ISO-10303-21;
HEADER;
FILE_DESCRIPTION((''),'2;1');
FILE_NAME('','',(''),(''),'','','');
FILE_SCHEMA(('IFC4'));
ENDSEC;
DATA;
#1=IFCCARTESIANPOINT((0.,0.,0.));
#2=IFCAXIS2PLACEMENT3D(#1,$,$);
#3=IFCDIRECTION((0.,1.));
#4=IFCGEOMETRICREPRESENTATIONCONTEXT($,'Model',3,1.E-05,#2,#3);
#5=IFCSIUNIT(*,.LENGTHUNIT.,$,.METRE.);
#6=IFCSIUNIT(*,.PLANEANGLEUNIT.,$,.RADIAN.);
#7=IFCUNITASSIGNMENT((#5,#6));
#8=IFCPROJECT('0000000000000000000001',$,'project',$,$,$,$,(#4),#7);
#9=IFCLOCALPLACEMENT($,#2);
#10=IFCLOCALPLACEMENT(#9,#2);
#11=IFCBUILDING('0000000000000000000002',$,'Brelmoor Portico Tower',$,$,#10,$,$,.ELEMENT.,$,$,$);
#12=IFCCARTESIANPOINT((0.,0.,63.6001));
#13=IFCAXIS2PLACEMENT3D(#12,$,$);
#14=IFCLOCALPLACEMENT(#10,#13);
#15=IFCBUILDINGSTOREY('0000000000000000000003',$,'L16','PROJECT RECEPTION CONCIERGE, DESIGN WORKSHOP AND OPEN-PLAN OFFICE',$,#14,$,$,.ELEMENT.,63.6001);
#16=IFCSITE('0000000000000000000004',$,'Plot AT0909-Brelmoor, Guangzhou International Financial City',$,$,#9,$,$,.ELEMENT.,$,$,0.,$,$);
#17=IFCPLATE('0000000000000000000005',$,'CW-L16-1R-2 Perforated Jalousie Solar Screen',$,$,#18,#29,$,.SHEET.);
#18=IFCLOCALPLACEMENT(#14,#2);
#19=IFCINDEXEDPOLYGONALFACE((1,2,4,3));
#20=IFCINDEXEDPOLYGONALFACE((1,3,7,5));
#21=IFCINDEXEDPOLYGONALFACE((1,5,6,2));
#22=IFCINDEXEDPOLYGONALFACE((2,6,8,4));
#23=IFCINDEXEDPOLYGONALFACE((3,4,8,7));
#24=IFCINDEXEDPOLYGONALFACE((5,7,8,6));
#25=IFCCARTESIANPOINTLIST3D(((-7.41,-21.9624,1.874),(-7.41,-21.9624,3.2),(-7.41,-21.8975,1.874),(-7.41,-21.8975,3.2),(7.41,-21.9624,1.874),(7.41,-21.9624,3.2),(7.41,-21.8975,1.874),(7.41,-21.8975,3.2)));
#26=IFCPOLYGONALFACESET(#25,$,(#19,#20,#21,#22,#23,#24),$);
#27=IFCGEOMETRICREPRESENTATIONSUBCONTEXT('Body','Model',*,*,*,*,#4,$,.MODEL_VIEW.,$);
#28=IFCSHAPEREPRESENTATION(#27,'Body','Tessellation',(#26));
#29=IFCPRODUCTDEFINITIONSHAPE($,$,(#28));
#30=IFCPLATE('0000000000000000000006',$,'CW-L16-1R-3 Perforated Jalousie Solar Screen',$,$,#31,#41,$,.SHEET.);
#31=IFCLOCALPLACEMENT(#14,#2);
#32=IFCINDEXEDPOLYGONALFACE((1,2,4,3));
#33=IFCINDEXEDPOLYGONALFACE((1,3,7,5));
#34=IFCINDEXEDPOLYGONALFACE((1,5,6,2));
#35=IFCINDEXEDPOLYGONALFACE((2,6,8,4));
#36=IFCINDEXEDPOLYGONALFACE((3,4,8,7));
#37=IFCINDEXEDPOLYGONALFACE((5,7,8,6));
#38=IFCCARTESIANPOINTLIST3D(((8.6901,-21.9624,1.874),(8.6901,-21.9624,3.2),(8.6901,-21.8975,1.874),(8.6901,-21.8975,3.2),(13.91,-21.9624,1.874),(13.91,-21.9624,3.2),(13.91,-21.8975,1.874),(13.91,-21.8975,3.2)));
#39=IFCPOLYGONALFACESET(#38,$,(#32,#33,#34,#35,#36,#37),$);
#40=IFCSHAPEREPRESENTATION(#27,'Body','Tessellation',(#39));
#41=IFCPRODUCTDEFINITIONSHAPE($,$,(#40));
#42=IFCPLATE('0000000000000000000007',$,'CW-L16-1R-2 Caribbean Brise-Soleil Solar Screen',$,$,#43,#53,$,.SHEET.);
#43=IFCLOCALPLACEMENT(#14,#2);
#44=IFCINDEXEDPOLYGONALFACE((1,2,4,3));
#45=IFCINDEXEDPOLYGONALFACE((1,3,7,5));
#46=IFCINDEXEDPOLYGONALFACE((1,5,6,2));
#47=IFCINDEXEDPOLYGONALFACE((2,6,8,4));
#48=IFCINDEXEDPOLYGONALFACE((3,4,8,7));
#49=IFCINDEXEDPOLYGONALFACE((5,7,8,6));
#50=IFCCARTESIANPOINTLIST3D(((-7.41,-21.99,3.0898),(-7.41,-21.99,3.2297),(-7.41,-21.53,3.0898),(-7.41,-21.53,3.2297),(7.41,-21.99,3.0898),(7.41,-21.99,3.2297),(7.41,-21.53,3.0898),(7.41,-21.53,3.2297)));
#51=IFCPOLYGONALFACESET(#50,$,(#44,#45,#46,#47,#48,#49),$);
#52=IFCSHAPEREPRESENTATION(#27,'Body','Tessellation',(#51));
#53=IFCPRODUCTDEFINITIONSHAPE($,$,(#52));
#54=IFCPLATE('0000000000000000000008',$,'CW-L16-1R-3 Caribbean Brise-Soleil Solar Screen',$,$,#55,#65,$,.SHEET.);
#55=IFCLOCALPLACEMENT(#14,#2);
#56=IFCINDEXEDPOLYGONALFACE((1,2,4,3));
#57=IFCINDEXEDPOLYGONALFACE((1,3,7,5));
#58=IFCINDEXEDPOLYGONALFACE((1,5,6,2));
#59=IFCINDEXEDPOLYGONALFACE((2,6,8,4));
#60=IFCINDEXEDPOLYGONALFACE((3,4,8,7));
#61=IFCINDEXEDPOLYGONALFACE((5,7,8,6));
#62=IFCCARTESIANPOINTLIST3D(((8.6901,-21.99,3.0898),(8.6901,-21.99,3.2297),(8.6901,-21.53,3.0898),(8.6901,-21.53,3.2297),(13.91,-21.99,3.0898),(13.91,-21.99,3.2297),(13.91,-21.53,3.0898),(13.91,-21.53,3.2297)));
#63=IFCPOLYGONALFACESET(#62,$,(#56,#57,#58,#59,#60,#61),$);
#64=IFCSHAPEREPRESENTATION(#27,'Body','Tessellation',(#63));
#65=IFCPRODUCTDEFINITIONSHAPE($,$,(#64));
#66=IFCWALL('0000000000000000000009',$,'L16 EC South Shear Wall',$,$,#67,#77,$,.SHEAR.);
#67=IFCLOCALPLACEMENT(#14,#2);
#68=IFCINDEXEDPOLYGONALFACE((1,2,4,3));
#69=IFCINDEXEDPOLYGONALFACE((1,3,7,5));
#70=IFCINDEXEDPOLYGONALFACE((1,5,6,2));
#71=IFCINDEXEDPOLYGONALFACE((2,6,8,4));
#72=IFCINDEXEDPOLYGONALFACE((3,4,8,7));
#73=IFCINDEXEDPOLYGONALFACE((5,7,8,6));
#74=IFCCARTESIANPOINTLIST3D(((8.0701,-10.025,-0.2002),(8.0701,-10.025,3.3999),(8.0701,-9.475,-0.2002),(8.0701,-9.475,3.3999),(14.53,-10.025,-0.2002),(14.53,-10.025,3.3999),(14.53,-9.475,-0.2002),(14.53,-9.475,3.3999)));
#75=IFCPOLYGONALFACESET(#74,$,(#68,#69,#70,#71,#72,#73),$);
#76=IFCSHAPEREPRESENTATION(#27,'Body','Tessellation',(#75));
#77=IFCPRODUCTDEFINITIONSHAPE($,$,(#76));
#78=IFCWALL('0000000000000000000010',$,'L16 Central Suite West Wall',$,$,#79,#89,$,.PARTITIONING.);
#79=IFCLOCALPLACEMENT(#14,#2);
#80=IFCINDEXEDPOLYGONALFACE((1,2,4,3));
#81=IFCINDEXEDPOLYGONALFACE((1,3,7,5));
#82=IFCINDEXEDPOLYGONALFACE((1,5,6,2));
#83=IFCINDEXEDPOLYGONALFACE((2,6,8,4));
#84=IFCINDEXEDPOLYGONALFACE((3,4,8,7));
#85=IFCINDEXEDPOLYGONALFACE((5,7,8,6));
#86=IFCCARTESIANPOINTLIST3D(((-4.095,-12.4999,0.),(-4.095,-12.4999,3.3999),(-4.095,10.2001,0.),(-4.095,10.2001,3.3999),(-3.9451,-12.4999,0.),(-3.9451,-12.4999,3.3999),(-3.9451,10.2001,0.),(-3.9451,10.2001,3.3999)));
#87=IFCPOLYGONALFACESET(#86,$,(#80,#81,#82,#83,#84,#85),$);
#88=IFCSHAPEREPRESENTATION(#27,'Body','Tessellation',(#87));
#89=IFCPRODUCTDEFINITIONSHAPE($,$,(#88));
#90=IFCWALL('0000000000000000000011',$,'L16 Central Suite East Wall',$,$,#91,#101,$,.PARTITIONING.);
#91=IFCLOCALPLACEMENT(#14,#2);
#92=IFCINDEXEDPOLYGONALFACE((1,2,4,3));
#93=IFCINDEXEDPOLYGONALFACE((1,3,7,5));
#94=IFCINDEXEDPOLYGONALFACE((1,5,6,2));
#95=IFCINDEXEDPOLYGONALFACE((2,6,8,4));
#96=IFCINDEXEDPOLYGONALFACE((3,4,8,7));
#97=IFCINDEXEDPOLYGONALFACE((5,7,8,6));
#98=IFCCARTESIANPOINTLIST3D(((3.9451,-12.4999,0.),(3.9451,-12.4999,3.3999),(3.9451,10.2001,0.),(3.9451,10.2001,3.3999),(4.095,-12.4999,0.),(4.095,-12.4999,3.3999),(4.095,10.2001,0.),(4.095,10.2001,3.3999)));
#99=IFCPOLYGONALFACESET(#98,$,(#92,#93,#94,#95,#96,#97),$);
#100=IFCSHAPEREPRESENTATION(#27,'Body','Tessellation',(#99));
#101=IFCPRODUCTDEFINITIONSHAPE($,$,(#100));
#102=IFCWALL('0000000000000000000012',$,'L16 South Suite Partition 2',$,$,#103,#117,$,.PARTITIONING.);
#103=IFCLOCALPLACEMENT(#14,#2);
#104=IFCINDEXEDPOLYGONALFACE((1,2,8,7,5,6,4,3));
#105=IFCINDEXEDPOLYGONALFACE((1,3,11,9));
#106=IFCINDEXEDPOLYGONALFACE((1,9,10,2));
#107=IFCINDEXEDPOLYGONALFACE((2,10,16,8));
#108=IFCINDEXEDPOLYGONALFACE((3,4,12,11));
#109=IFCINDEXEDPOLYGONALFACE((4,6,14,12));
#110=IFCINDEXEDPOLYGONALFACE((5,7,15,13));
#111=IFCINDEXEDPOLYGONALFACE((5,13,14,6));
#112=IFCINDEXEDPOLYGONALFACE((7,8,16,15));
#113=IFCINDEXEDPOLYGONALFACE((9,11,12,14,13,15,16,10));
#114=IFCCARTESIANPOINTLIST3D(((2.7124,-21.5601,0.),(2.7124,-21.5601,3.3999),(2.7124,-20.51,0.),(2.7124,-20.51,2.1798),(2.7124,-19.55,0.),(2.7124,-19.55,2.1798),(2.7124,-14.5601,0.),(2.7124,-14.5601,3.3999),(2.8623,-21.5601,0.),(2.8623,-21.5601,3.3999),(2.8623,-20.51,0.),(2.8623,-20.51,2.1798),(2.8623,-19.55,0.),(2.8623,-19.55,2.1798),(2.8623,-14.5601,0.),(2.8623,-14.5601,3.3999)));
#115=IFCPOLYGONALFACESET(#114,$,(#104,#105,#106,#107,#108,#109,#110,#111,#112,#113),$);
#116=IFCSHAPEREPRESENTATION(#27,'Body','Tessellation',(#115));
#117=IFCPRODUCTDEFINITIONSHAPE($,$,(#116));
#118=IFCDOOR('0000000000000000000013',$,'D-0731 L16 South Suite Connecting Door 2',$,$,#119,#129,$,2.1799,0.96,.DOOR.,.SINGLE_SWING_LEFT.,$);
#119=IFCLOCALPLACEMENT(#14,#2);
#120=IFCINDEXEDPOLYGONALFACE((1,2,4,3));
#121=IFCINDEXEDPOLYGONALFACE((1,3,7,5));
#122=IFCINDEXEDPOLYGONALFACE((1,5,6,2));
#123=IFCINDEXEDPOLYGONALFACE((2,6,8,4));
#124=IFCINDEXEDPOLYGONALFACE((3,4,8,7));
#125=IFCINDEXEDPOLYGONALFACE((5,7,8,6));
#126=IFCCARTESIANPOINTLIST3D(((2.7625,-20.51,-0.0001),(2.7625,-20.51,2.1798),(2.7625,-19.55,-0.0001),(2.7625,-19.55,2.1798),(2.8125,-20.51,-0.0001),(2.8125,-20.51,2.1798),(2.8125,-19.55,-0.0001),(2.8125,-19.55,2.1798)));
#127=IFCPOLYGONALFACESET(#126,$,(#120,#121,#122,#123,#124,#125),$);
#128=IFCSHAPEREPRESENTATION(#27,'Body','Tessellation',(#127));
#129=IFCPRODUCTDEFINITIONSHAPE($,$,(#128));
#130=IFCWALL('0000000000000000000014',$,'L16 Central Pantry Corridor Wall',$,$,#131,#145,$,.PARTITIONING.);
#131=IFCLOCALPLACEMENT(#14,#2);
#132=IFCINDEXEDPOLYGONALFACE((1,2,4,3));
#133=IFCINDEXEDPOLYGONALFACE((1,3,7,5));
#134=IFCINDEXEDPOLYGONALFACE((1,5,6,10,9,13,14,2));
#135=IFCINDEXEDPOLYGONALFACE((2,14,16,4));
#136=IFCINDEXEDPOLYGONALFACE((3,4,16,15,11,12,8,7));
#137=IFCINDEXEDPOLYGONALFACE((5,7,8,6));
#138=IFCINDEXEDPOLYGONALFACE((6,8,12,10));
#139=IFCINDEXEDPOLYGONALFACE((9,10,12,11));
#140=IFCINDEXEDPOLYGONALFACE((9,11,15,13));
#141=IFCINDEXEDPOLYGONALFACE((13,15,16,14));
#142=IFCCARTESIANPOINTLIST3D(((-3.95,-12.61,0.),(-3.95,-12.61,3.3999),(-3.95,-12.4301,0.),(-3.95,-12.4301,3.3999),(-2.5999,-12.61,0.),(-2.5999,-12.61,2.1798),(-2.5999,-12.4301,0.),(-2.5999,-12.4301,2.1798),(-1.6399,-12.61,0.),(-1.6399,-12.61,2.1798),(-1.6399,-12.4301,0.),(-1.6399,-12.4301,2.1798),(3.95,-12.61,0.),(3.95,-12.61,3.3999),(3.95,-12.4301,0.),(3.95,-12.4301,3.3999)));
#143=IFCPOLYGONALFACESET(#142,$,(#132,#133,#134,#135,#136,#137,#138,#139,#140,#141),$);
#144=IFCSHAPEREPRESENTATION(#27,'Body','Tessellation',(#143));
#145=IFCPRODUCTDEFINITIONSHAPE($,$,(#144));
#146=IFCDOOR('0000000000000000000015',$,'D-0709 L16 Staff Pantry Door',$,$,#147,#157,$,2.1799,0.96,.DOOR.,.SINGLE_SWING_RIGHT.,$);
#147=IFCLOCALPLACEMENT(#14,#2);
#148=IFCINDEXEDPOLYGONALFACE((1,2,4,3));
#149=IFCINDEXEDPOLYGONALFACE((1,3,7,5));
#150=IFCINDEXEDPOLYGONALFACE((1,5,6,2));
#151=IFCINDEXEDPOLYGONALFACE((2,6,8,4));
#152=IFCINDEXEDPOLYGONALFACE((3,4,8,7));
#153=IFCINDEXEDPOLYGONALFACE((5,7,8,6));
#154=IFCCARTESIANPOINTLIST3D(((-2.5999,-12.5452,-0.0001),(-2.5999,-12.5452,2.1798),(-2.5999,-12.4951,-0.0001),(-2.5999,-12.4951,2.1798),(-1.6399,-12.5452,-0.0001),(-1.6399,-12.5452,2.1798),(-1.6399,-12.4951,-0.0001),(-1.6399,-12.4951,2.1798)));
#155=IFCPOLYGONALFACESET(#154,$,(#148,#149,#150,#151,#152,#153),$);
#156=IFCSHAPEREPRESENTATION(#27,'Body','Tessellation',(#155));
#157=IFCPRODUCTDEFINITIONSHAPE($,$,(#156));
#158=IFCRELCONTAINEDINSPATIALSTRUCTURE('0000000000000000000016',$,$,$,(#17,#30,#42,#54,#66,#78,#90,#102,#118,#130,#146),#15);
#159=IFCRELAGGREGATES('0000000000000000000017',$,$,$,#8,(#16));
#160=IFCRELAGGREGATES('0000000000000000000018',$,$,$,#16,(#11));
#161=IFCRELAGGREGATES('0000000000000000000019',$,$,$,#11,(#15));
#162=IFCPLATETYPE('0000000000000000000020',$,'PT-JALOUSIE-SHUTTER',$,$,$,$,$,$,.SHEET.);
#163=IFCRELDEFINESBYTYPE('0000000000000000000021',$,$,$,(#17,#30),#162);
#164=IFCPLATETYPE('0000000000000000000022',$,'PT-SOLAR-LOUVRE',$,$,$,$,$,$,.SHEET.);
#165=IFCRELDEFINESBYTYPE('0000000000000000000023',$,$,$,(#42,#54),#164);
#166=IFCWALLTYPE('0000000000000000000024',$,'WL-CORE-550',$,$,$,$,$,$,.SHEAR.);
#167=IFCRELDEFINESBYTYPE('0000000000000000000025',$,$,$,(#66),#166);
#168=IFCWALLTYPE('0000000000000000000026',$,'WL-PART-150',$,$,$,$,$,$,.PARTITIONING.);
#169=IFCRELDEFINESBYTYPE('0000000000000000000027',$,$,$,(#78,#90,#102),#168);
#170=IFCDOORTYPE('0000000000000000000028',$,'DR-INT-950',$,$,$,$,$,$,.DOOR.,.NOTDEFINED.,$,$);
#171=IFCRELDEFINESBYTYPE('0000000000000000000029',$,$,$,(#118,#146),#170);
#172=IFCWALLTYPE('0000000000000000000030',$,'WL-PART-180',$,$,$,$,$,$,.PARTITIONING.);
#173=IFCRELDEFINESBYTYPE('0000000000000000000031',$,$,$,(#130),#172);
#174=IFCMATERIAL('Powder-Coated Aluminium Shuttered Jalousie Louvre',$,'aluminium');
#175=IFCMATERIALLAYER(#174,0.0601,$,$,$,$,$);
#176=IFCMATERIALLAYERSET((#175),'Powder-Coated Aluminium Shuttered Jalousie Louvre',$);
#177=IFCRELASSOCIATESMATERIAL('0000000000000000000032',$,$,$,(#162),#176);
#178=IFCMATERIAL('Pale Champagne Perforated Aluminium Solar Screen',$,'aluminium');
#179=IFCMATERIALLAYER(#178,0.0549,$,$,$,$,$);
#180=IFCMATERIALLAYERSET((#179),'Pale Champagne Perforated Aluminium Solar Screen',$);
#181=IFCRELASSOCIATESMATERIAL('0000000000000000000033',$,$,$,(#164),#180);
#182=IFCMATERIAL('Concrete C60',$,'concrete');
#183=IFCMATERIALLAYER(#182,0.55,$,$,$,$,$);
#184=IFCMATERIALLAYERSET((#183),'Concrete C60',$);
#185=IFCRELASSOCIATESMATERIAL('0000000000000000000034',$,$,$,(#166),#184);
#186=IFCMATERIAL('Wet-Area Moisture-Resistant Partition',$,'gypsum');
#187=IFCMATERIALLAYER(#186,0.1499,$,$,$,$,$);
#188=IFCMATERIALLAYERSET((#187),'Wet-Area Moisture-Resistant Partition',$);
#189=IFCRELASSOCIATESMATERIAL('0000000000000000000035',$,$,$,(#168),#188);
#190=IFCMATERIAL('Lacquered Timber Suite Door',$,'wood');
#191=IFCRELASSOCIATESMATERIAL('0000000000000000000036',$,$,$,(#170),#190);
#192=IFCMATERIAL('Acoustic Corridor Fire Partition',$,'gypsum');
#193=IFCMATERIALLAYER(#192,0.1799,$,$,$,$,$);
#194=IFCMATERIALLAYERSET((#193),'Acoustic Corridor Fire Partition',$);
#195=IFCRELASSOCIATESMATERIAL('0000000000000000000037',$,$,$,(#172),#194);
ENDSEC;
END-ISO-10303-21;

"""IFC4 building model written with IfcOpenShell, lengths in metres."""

from ifc_helpers import new_model, si_unit, direction, frame, frame_2d, origin, origin_2d, place, context, subcontext, project, spatial, rectangle, extrude, material, layer, layer_set, type_object, element, fill, save


model = new_model("IFC4")

# Units and contexts
model_context = context("Model", 3, precision=1e-05, world=origin(), true_north=direction((0.0, 1.0)))
body_context = subcontext(model_context, "Body", "Model", "MODEL_VIEW")
ifc_project = project(units=[si_unit("LENGTHUNIT", "METRE"), si_unit("PLANEANGLEUNIT", "RADIAN")], contexts=[model_context])

# Site, building, storey
site_placement = place(None, origin())
site = spatial("IfcSite", under=ifc_project, at=site_placement, Name="Plot AT0909-Brelmoor, Guangzhou International Financial City", CompositionType="ELEMENT", RefElevation=0.0)
building_placement = place(site_placement, origin())
building = spatial("IfcBuilding", under=site, at=building_placement, Name="Brelmoor Portico Tower", CompositionType="ELEMENT")
storey_placement = place(building_placement, frame((0.0, 0.0, 63.6001)))
storey = spatial("IfcBuildingStorey", under=building, at=storey_placement, Name="L16", Description="PROJECT RECEPTION CONCIERGE, DESIGN WORKSHOP AND OPEN-PLAN OFFICE", CompositionType="ELEMENT", Elevation=63.6001)

# Plates
ifc_material_1 = material(Name="Powder-Coated Aluminium Shuttered Jalousie Louvre", Category="aluminium")
ifc_layer_1 = layer(ifc_material_1, 0.0601)
ifc_layer_set_1 = layer_set([ifc_layer_1], Name="Powder-Coated Aluminium Shuttered Jalousie Louvre")
plate_type_1 = type_object("IfcPlateType", Name="PT-JALOUSIE-SHUTTER", PredefinedType="SHEET", material=ifc_layer_set_1)
plate_1_placement = place(storey_placement, frame((0.0, -21.9299, 1.874), z_axis=(0.0, 0.0, 1.0), x_axis=(1.0, 0.0, 0.0)))
element("IfcPlate", 1, at=plate_1_placement, inside=storey, type_object=plate_type_1, Name="CW-L16-1R-2 Perforated Jalousie Solar Screen", PredefinedType="SHEET", context=body_context, shape_type="SweptSolid", body=[
    extrude(rectangle(XDim=14.8201, YDim=0.0649, at=origin_2d()), origin(), (0.0, 0.0, 1.0), 1.3259),
])
plate_2_placement = place(storey_placement, frame((11.3, -21.9299, 1.874), z_axis=(0.0, 0.0, 1.0), x_axis=(1.0, 0.0, 0.0)))
element("IfcPlate", 2, at=plate_2_placement, inside=storey, type_object=plate_type_1, Name="CW-L16-1R-3 Perforated Jalousie Solar Screen", PredefinedType="SHEET", context=body_context, shape_type="SweptSolid", body=[
    extrude(rectangle(XDim=5.22, YDim=0.0649, at=origin_2d()), origin(), (0.0, 0.0, 1.0), 1.3259),
])
ifc_material_2 = material(Name="Pale Champagne Perforated Aluminium Solar Screen", Category="aluminium")
ifc_layer_2 = layer(ifc_material_2, 0.0549)
ifc_layer_set_2 = layer_set([ifc_layer_2], Name="Pale Champagne Perforated Aluminium Solar Screen")
plate_type_2 = type_object("IfcPlateType", Name="PT-SOLAR-LOUVRE", PredefinedType="SHEET", material=ifc_layer_set_2)
plate_3_placement = place(storey_placement, frame((0.0, -21.76, 3.0898), z_axis=(0.0, 0.0, 1.0), x_axis=(1.0, 0.0, 0.0)))
element("IfcPlate", 3, at=plate_3_placement, inside=storey, type_object=plate_type_2, Name="CW-L16-1R-2 Caribbean Brise-Soleil Solar Screen", PredefinedType="SHEET", context=body_context, shape_type="SweptSolid", body=[
    extrude(rectangle(XDim=14.8201, YDim=0.46, at=origin_2d()), origin(), (0.0, 0.0, 1.0), 0.1399),
])
plate_4_placement = place(storey_placement, frame((11.3, -21.76, 3.0898), z_axis=(0.0, 0.0, 1.0), x_axis=(1.0, 0.0, 0.0)))
element("IfcPlate", 4, at=plate_4_placement, inside=storey, type_object=plate_type_2, Name="CW-L16-1R-3 Caribbean Brise-Soleil Solar Screen", PredefinedType="SHEET", context=body_context, shape_type="SweptSolid", body=[
    extrude(rectangle(XDim=5.22, YDim=0.46, at=origin_2d()), origin(), (0.0, 0.0, 1.0), 0.1399),
])

# Walls
ifc_material_3 = material(Name="Concrete C60", Category="concrete")
ifc_layer_3 = layer(ifc_material_3, 0.55)
ifc_layer_set_3 = layer_set([ifc_layer_3], Name="Concrete C60")
wall_type_1 = type_object("IfcWallType", Name="WL-CORE-550", PredefinedType="SHEAR", material=ifc_layer_set_3)
wall_1_placement = place(storey_placement, frame((8.0701, -9.75, -0.2002), z_axis=(0.0, 0.0, 1.0), x_axis=(1.0, 0.0, 0.0)))
element("IfcWall", 5, at=wall_1_placement, inside=storey, type_object=wall_type_1, Name="L16 EC South Shear Wall", PredefinedType="SHEAR", context=body_context, shape_type="SweptSolid", body=[
    extrude(rectangle(XDim=6.46, YDim=0.55, at=frame_2d((3.23, 0.0))), origin(), (0.0, 0.0, 1.0), 3.6001),
])
ifc_material_4 = material(Name="Wet-Area Moisture-Resistant Partition", Category="gypsum")
ifc_layer_4 = layer(ifc_material_4, 0.1499)
ifc_layer_set_4 = layer_set([ifc_layer_4], Name="Wet-Area Moisture-Resistant Partition")
wall_type_2 = type_object("IfcWallType", Name="WL-PART-150", PredefinedType="PARTITIONING", material=ifc_layer_set_4)
for number, where, z_axis, x_axis, name in (
    (6, (-4.02, -12.5, 0.0), (0.0, 0.0, 1.0), (0.0, 1.0, 0.0), "L16 Central Suite West Wall"),
    (7, (4.02, -12.5, 0.0), (0.0, 0.0, 1.0), (0.0, 1.0, 0.0), "L16 Central Suite East Wall"),
):
    element("IfcWall", number, at=place(storey_placement, frame(where, z_axis=z_axis, x_axis=x_axis)), inside=storey, type_object=wall_type_2, Name=name, PredefinedType="PARTITIONING", context=body_context, shape_type="SweptSolid", body=[
        extrude(rectangle(XDim=22.7, YDim=0.1499, at=frame_2d((11.3501, 0.0))), origin(), (0.0, 0.0, 1.0), 3.3999),
    ])

# Walls, openings, doors
wall_2_placement = place(storey_placement, frame((2.7874, -21.5601, 0.0), z_axis=(0.0, 0.0, 1.0), x_axis=(0.0, 1.0, 0.0)))
wall_2 = element("IfcWall", 8, at=wall_2_placement, inside=storey, type_object=wall_type_2, Name="L16 South Suite Partition 2", PredefinedType="PARTITIONING", context=body_context, shape_type="SweptSolid", body=[
    extrude(rectangle(XDim=7.0, YDim=0.1499, at=frame_2d((3.5, 0.0))), origin(), (0.0, 0.0, 1.0), 3.3999),
])
opening_1_placement = place(wall_2_placement, frame((1.05, 0.0, 0.0)))
opening_1 = element("IfcOpeningElement", 9, at=opening_1_placement, cuts=wall_2, PredefinedType="OPENING", context=body_context, shape_type="SweptSolid", body=[
    extrude(rectangle(XDim=0.96, YDim=2.1799, at=frame_2d((0.48, 1.0898))), frame((0.0, 0.085, 0.0), z_axis=(0.0, -1.0, 0.0), x_axis=(1.0, 0.0, 0.0)), (0.0, 0.0, 1.0), 0.1699),
])
ifc_material_5 = material(Name="Lacquered Timber Suite Door", Category="wood")
door_type_1 = type_object("IfcDoorType", Name="DR-INT-950", OperationType="NOTDEFINED", PredefinedType="DOOR", material=ifc_material_5)
door_1_placement = place(opening_1_placement, origin())
door_1 = element("IfcDoor", 10, at=door_1_placement, inside=storey, type_object=door_type_1, Name="D-0731 L16 South Suite Connecting Door 2", OperationType="SINGLE_SWING_LEFT", OverallHeight=2.1799, OverallWidth=0.96, PredefinedType="DOOR", context=body_context, shape_type="SweptSolid", body=[
    extrude(rectangle(XDim=0.96, YDim=2.1799, at=frame_2d((0.48, 1.0898))), frame((0.0, 0.0249, 0.0), z_axis=(0.0, -1.0, 0.0), x_axis=(1.0, 0.0, 0.0)), (0.0, 0.0, 1.0), 0.05),
])
fill(opening_1, door_1)
ifc_material_6 = material(Name="Acoustic Corridor Fire Partition", Category="gypsum")
ifc_layer_5 = layer(ifc_material_6, 0.1799)
ifc_layer_set_5 = layer_set([ifc_layer_5], Name="Acoustic Corridor Fire Partition")
wall_type_3 = type_object("IfcWallType", Name="WL-PART-180", PredefinedType="PARTITIONING", material=ifc_layer_set_5)
wall_3_placement = place(storey_placement, frame((-3.95, -12.52, 0.0), z_axis=(0.0, 0.0, 1.0), x_axis=(1.0, 0.0, 0.0)))
wall_3 = element("IfcWall", 11, at=wall_3_placement, inside=storey, type_object=wall_type_3, Name="L16 Central Pantry Corridor Wall", PredefinedType="PARTITIONING", context=body_context, shape_type="SweptSolid", body=[
    extrude(rectangle(XDim=7.8999, YDim=0.1799, at=frame_2d((3.95, 0.0))), origin(), (0.0, 0.0, 1.0), 3.3999),
])
opening_2_placement = place(wall_3_placement, frame((1.3501, 0.0, 0.0)))
opening_2 = element("IfcOpeningElement", 12, at=opening_2_placement, cuts=wall_3, PredefinedType="OPENING", context=body_context, shape_type="SweptSolid", body=[
    extrude(rectangle(XDim=0.96, YDim=2.1799, at=frame_2d((0.48, 1.0898))), frame((0.0, 0.0999, 0.0), z_axis=(0.0, -1.0, 0.0), x_axis=(1.0, 0.0, 0.0)), (0.0, 0.0, 1.0), 0.2),
])
door_2_placement = place(opening_2_placement, origin())
door_2 = element("IfcDoor", 13, at=door_2_placement, inside=storey, type_object=door_type_1, Name="D-0709 L16 Staff Pantry Door", OperationType="SINGLE_SWING_RIGHT", OverallHeight=2.1799, OverallWidth=0.96, PredefinedType="DOOR", context=body_context, shape_type="SweptSolid", body=[
    extrude(rectangle(XDim=0.96, YDim=2.1799, at=frame_2d((0.48, 1.0898))), frame((0.0, 0.0249, 0.0), z_axis=(0.0, -1.0, 0.0), x_axis=(1.0, 0.0, 0.0)), (0.0, 0.0, 1.0), 0.05),
])
fill(opening_2, door_2)

save(model, "model.ifc")
